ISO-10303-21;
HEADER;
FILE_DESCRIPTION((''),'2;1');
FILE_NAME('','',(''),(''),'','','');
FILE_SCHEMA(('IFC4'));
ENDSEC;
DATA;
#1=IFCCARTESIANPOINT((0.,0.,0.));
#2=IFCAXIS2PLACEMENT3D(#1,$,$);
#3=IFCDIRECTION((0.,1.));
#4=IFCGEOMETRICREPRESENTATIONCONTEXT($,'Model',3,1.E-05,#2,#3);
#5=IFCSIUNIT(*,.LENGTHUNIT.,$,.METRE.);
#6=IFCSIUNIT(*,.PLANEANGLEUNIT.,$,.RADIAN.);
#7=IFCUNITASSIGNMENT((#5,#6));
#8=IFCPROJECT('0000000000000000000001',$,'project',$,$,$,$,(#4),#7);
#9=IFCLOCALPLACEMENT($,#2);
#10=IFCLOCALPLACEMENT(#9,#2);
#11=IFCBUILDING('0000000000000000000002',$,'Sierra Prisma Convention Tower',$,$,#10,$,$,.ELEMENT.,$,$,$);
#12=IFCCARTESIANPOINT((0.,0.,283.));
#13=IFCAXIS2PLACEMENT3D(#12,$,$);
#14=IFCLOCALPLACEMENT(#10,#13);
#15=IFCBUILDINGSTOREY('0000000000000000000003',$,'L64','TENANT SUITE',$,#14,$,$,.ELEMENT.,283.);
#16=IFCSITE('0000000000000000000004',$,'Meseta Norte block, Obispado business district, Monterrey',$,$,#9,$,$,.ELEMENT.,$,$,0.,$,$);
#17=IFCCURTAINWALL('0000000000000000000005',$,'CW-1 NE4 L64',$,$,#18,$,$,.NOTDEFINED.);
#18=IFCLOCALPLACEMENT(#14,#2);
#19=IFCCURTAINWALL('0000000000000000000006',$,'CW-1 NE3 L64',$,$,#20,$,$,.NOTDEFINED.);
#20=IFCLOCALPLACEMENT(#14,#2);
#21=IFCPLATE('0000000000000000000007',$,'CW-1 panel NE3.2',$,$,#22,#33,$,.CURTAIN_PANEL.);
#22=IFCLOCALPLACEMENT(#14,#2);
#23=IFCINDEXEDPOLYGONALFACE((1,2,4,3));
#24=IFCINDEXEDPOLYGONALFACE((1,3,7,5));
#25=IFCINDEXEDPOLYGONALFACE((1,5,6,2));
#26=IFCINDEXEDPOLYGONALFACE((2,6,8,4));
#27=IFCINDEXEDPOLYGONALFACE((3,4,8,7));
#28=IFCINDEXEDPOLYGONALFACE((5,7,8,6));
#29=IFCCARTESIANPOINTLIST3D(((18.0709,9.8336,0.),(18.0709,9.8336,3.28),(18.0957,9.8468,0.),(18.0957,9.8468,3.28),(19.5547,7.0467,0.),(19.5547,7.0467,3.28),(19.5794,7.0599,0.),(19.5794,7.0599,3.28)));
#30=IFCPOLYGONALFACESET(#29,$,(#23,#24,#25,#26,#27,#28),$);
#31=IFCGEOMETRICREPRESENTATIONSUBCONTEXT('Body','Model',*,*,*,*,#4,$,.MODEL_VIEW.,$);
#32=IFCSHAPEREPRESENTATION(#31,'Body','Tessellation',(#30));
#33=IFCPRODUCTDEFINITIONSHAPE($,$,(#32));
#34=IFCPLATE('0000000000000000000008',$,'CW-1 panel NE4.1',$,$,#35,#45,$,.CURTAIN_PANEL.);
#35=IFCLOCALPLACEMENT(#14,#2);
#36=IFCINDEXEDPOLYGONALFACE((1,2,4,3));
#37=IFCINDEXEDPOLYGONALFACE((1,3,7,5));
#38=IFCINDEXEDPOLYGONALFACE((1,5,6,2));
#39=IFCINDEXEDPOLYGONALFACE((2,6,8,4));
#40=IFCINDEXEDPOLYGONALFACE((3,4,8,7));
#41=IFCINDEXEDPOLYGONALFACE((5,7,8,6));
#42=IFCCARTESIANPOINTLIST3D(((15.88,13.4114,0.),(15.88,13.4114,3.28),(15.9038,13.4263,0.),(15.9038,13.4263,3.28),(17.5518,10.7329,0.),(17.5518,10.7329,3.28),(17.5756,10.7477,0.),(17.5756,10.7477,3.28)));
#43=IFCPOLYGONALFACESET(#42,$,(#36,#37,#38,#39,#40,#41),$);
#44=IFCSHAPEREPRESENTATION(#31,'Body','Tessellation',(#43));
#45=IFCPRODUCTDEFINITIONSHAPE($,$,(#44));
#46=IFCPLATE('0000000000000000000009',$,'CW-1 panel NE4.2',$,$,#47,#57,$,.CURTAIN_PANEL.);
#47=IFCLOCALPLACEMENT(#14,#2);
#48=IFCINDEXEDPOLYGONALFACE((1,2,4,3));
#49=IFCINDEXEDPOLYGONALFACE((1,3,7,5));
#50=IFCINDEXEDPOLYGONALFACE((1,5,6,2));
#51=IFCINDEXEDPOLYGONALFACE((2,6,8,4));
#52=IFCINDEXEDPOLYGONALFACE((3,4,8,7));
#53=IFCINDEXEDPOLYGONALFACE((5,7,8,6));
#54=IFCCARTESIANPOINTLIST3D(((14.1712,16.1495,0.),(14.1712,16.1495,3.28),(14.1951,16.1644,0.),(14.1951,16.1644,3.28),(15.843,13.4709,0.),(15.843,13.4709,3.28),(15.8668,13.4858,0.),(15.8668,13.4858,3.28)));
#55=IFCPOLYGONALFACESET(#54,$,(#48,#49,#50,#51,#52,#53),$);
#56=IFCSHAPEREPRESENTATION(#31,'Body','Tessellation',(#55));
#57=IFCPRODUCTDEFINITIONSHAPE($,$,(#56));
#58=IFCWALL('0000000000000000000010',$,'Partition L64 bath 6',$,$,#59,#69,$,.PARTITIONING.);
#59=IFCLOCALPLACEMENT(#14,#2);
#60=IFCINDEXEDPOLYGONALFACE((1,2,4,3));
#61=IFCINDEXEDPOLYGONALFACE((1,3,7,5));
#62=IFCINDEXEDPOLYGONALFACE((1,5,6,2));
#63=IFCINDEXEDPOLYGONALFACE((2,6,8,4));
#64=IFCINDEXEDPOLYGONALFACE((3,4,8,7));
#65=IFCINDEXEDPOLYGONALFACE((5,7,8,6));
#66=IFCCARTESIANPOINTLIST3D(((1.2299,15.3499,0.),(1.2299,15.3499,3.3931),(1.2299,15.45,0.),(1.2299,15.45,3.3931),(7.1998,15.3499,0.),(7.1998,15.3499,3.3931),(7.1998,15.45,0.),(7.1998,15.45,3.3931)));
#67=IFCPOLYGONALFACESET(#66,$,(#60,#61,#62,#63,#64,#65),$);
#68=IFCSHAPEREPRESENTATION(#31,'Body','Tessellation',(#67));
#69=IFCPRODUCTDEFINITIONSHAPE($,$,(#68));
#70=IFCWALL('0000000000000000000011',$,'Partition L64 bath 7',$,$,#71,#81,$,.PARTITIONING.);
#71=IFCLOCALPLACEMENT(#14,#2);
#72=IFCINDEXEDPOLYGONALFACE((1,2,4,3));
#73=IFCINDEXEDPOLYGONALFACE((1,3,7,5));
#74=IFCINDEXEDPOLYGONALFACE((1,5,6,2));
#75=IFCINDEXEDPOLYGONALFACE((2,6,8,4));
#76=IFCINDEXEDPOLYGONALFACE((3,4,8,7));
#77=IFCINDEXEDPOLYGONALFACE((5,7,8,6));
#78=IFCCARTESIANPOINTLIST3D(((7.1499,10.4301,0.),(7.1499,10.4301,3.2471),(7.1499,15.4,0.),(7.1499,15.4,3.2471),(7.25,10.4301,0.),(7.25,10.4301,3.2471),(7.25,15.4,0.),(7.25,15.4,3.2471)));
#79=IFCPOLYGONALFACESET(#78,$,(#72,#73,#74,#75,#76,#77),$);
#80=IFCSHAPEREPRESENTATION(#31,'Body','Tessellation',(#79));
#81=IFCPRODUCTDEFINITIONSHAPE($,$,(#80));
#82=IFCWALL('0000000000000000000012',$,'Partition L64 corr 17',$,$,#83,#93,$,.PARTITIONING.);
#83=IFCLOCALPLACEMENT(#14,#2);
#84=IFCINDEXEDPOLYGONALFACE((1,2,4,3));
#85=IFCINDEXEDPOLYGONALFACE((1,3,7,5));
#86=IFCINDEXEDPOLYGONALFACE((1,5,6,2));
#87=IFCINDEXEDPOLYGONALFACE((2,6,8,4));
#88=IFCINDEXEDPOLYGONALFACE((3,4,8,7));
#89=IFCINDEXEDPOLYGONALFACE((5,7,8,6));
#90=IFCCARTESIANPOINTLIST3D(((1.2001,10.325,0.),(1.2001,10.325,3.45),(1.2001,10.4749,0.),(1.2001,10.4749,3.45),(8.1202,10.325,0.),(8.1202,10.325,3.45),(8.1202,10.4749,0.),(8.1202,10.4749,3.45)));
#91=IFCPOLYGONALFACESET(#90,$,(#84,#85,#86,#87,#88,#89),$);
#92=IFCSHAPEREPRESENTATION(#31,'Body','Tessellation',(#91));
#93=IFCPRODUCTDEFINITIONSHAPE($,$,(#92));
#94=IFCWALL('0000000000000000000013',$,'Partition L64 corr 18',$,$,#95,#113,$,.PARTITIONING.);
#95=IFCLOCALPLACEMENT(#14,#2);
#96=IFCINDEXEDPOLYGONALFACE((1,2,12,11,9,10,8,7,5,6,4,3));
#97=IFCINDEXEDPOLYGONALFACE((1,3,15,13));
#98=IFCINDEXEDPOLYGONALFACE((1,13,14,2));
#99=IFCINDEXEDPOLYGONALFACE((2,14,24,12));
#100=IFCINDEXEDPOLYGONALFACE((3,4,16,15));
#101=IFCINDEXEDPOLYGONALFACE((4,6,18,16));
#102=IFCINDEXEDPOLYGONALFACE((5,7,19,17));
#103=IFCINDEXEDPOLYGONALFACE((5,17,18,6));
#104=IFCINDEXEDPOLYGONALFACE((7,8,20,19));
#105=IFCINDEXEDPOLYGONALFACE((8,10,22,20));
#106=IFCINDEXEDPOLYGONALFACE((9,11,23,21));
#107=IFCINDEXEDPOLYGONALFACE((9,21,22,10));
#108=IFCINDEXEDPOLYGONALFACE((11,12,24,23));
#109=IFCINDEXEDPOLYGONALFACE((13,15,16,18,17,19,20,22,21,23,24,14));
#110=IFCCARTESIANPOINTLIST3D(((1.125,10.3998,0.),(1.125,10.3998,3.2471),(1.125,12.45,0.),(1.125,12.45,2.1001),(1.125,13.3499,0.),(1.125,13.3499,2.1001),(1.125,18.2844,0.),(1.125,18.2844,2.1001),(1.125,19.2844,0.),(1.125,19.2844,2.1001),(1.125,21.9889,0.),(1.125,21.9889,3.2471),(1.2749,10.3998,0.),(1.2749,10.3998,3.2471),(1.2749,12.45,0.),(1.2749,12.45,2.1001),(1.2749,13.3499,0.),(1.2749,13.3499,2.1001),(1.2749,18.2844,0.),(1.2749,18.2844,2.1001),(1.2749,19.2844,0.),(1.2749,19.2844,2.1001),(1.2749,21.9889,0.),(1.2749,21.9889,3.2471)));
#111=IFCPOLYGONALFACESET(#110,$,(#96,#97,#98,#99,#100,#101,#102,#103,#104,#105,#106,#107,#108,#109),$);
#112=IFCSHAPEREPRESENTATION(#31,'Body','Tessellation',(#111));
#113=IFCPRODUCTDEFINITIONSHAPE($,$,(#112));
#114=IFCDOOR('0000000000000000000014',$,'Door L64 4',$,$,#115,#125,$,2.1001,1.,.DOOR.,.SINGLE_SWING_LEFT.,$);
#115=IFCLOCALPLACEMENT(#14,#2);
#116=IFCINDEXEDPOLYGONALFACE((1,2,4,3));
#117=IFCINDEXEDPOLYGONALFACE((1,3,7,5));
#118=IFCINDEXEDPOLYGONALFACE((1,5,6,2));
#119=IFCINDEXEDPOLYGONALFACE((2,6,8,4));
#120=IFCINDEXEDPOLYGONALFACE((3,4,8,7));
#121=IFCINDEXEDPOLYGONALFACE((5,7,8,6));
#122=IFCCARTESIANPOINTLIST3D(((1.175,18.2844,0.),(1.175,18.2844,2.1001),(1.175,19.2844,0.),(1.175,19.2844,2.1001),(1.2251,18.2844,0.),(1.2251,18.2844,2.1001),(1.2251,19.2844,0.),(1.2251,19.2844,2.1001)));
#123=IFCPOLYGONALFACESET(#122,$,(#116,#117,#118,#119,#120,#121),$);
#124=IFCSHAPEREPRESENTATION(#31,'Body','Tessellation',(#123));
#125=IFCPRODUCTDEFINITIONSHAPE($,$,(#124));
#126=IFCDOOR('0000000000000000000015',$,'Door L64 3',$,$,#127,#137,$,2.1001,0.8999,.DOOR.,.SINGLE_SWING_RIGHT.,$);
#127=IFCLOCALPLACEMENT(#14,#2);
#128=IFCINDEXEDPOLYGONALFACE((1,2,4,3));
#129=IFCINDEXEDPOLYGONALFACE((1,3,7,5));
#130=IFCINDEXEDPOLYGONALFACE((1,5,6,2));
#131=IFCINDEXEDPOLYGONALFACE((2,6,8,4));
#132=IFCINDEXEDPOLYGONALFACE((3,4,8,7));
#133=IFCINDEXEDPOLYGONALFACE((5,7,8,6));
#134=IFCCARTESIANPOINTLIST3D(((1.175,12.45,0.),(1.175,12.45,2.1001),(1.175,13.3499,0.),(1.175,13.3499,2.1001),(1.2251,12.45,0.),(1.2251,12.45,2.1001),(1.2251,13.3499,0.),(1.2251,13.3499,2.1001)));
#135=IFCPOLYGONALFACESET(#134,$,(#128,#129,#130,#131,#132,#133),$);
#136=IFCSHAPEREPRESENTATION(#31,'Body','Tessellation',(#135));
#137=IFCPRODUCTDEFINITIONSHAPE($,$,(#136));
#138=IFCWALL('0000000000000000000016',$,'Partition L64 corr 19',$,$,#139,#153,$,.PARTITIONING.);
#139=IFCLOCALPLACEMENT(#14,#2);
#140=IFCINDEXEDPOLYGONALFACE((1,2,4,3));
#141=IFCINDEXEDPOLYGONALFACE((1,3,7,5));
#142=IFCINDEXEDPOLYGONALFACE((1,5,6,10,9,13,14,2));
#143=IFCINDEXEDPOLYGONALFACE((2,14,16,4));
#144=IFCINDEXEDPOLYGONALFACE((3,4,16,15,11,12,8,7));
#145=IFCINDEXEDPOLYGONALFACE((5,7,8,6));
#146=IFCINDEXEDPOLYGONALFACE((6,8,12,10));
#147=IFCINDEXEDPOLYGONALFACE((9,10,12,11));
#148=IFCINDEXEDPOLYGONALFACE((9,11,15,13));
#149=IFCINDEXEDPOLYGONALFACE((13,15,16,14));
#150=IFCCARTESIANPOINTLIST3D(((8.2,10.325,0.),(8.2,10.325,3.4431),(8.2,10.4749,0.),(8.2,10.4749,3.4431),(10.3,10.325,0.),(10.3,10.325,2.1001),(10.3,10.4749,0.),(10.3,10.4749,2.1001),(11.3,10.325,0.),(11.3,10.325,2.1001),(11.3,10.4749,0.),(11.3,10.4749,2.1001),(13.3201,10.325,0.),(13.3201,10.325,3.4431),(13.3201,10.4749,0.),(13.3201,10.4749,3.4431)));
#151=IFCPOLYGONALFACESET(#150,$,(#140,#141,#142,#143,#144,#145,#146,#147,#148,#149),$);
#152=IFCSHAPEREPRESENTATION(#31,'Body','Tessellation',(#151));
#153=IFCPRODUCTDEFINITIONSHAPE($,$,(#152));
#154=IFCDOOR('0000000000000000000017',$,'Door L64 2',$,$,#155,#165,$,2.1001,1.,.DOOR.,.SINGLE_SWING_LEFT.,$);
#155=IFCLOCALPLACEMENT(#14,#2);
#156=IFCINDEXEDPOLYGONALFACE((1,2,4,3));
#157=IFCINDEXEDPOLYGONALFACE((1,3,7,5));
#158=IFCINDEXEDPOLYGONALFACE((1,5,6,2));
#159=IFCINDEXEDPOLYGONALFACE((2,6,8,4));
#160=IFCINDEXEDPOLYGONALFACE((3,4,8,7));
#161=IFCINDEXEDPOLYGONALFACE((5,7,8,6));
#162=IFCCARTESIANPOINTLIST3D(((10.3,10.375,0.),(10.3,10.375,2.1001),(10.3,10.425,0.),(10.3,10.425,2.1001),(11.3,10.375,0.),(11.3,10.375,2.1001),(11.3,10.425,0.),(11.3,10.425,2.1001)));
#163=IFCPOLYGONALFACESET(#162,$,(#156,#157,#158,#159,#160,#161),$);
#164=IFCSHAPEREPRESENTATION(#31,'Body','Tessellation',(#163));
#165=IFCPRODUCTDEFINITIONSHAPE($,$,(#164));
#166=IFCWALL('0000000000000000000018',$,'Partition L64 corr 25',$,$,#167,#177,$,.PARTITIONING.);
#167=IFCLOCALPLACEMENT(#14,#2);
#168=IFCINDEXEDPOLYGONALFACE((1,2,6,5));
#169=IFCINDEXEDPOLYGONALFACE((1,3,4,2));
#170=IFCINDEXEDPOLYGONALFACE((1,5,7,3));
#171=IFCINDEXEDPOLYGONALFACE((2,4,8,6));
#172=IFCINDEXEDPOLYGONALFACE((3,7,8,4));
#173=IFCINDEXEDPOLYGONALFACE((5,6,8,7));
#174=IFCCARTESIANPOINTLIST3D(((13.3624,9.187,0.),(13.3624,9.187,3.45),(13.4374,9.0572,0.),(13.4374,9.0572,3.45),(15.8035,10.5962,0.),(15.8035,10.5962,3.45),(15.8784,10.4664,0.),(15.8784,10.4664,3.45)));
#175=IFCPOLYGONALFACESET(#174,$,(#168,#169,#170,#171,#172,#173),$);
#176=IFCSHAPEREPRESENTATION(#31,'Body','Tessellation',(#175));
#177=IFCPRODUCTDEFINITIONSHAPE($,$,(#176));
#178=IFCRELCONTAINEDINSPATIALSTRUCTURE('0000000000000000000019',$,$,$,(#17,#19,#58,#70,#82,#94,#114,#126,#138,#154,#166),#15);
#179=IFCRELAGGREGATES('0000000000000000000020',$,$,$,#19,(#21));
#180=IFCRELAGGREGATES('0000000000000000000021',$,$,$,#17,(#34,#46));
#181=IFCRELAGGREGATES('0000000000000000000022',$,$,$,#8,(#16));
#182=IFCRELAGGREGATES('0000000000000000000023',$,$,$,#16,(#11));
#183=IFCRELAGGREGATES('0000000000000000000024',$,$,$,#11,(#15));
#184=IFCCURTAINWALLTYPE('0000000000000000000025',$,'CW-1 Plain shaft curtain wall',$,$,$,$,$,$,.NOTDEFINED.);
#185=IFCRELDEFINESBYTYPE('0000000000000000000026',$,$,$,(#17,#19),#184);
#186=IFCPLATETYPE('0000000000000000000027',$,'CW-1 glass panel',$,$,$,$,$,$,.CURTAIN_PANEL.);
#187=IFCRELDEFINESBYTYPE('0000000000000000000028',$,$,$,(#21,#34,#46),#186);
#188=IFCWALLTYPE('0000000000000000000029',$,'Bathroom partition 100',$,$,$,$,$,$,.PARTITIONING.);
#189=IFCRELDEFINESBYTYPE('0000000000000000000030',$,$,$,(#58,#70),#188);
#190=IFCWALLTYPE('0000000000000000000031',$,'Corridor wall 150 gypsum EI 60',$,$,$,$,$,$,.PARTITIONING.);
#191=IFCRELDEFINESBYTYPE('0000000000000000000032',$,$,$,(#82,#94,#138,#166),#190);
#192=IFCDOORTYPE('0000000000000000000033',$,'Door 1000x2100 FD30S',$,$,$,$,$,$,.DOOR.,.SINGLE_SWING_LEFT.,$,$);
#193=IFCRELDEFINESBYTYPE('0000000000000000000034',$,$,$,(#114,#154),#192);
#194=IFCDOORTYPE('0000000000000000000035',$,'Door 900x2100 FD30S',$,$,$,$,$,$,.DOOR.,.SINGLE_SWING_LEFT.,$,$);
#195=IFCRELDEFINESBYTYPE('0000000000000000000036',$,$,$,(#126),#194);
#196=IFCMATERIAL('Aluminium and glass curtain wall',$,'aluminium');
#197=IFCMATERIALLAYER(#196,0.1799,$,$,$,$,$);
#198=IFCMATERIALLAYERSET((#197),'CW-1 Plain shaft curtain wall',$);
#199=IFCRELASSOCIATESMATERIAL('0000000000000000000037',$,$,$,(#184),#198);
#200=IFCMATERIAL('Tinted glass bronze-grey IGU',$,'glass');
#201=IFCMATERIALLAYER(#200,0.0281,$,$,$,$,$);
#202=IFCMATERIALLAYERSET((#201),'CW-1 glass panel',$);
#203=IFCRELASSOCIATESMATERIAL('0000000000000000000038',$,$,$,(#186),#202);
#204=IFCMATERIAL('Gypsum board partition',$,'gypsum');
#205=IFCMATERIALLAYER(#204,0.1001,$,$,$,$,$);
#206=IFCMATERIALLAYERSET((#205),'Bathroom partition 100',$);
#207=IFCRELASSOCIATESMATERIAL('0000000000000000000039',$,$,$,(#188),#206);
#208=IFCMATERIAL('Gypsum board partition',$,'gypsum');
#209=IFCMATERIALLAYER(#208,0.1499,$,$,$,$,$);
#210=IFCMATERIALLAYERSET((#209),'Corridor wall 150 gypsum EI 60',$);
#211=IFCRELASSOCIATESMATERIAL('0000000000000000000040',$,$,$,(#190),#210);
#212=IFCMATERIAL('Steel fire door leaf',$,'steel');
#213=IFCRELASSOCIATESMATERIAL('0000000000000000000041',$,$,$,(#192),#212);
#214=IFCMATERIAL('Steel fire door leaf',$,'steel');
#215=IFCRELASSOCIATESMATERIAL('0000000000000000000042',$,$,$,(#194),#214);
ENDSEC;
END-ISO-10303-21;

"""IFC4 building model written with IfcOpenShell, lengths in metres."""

from ifc_helpers import new_model, si_unit, direction, frame, frame_2d, origin, origin_2d, place, context, subcontext, project, spatial, rectangle, extrude, material, layer, layer_set, type_object, element, fill, aggregate, save


model = new_model("IFC4")

# Units and contexts
model_context = context("Model", 3, precision=1e-05, world=origin(), true_north=direction((0.0, 1.0)))
body_context = subcontext(model_context, "Body", "Model", "MODEL_VIEW")
ifc_project = project(units=[si_unit("LENGTHUNIT", "METRE"), si_unit("PLANEANGLEUNIT", "RADIAN")], contexts=[model_context])

# Site, building, storey
site_placement = place(None, origin())
site = spatial("IfcSite", under=ifc_project, at=site_placement, Name="Meseta Norte block, Obispado business district, Monterrey", CompositionType="ELEMENT", RefElevation=0.0)
building_placement = place(site_placement, origin())
building = spatial("IfcBuilding", under=site, at=building_placement, Name="Sierra Prisma Convention Tower", CompositionType="ELEMENT")
storey_placement = place(building_placement, frame((0.0, 0.0, 283.0)))
storey = spatial("IfcBuildingStorey", under=building, at=storey_placement, Name="L64", Description="TENANT SUITE", CompositionType="ELEMENT", Elevation=283.0)

# Curtain wall
ifc_material_1 = material(Name="Aluminium and glass curtain wall", Category="aluminium")
ifc_layer_1 = layer(ifc_material_1, 0.1799)
ifc_layer_set_1 = layer_set([ifc_layer_1], Name="CW-1 Plain shaft curtain wall")
curtain_wall_type = type_object("IfcCurtainWallType", Name="CW-1 Plain shaft curtain wall", PredefinedType="NOTDEFINED", material=ifc_layer_set_1)
curtain_wall_1_placement = place(storey_placement, origin())
curtain_wall_1 = element("IfcCurtainWall", 1, at=curtain_wall_1_placement, inside=storey, type_object=curtain_wall_type, Name="CW-1 NE4 L64", PredefinedType="NOTDEFINED")

# Curtain wall, plate
curtain_wall_2_placement = place(storey_placement, origin())
curtain_wall_2 = element("IfcCurtainWall", 2, at=curtain_wall_2_placement, inside=storey, type_object=curtain_wall_type, Name="CW-1 NE3 L64", PredefinedType="NOTDEFINED")
ifc_material_2 = material(Name="Tinted glass bronze-grey IGU", Category="glass")
ifc_layer_2 = layer(ifc_material_2, 0.0281)
ifc_layer_set_2 = layer_set([ifc_layer_2], Name="CW-1 glass panel")
plate_type = type_object("IfcPlateType", Name="CW-1 glass panel", PredefinedType="CURTAIN_PANEL", material=ifc_layer_set_2)
plate_1_placement = place(storey_placement, frame((18.8252, 8.4468, 0.0), z_axis=(0.0, 0.0, 1.0), x_axis=(-0.469945, 0.882696, 0.0)))
plate_1 = element("IfcPlate", 3, at=plate_1_placement, type_object=plate_type, Name="CW-1 panel NE3.2", PredefinedType="CURTAIN_PANEL", context=body_context, shape_type="SweptSolid", body=[
    extrude(rectangle(XDim=3.1572, YDim=0.0281, at=origin_2d()), origin(), (0.0, 0.0, 1.0), 3.28),
])
aggregate(curtain_wall_2, [plate_1])

# Plates
plate_2_placement = place(storey_placement, frame((16.7278, 12.0796, 0.0), z_axis=(0.0, 0.0, 1.0), x_axis=(-0.529465, 0.848332, 0.0)))
plate_2 = element("IfcPlate", 4, at=plate_2_placement, type_object=plate_type, Name="CW-1 panel NE4.1", PredefinedType="CURTAIN_PANEL", context=body_context, shape_type="SweptSolid", body=[
    extrude(rectangle(XDim=3.1575, YDim=0.0281, at=origin_2d()), origin(), (0.0, 0.0, 1.0), 3.28),
])
plate_3_placement = place(storey_placement, frame((15.019, 14.8176, 0.0), z_axis=(0.0, 0.0, 1.0), x_axis=(-0.529465, 0.848332, 0.0)))
plate_3 = element("IfcPlate", 5, at=plate_3_placement, type_object=plate_type, Name="CW-1 panel NE4.2", PredefinedType="CURTAIN_PANEL", context=body_context, shape_type="SweptSolid", body=[
    extrude(rectangle(XDim=3.1575, YDim=0.0281, at=origin_2d()), origin(), (0.0, 0.0, 1.0), 3.28),
])
aggregate(curtain_wall_1, [plate_2, plate_3])

# Walls
ifc_material_3 = material(Name="Gypsum board partition", Category="gypsum")
ifc_layer_3 = layer(ifc_material_3, 0.1001)
ifc_layer_set_3 = layer_set([ifc_layer_3], Name="Bathroom partition 100")
wall_type_1 = type_object("IfcWallType", Name="Bathroom partition 100", PredefinedType="PARTITIONING", material=ifc_layer_set_3)
wall_1_placement = place(storey_placement, frame((1.23, 15.3999, 0.0), z_axis=(0.0, 0.0, 1.0), x_axis=(1.0, 0.0, 0.0)))
element("IfcWall", 6, at=wall_1_placement, inside=storey, type_object=wall_type_1, Name="Partition L64 bath 6", PredefinedType="PARTITIONING", context=body_context, shape_type="SweptSolid", body=[
    extrude(rectangle(XDim=5.97, YDim=0.1001, at=frame_2d((2.9849, 0.0))), origin(), (0.0, 0.0, 1.0), 3.3931),
])
wall_2_placement = place(storey_placement, frame((7.2, 15.3999, 0.0), z_axis=(0.0, 0.0, 1.0), x_axis=(0.0, -1.0, 0.0)))
element("IfcWall", 7, at=wall_2_placement, inside=storey, type_object=wall_type_1, Name="Partition L64 bath 7", PredefinedType="PARTITIONING", context=body_context, shape_type="SweptSolid", body=[
    extrude(rectangle(XDim=4.97, YDim=0.1001, at=frame_2d((2.4849, 0.0))), origin(), (0.0, 0.0, 1.0), 3.2471),
])
ifc_material_4 = material(Name="Gypsum board partition", Category="gypsum")
ifc_layer_4 = layer(ifc_material_4, 0.1499)
ifc_layer_set_4 = layer_set([ifc_layer_4], Name="Corridor wall 150 gypsum EI 60")
wall_type_2 = type_object("IfcWallType", Name="Corridor wall 150 gypsum EI 60", PredefinedType="PARTITIONING", material=ifc_layer_set_4)
wall_3_placement = place(storey_placement, frame((8.1201, 10.3999, 0.0), z_axis=(0.0, 0.0, 1.0), x_axis=(-1.0, 0.0, 0.0)))
element("IfcWall", 8, at=wall_3_placement, inside=storey, type_object=wall_type_2, Name="Partition L64 corr 17", PredefinedType="PARTITIONING", context=body_context, shape_type="SweptSolid", body=[
    extrude(rectangle(XDim=6.9202, YDim=0.1499, at=frame_2d((3.46, 0.0))), origin(), (0.0, 0.0, 1.0), 3.45),
])

# Wall, openings, doors
wall_4_placement = place(storey_placement, frame((1.2, 10.3999, 0.0), z_axis=(0.0, 0.0, 1.0), x_axis=(0.0, 1.0, 0.0)))
wall_4 = element("IfcWall", 9, at=wall_4_placement, inside=storey, type_object=wall_type_2, Name="Partition L64 corr 18", PredefinedType="PARTITIONING", context=body_context, shape_type="SweptSolid", body=[
    extrude(rectangle(XDim=11.5891, YDim=0.1499, at=frame_2d((5.7944, 0.0))), origin(), (0.0, 0.0, 1.0), 3.2471),
])
opening_1_placement = place(wall_4_placement, frame((2.05, 0.0, 0.0)))
opening_1 = element("IfcOpeningElement", 10, at=opening_1_placement, cuts=wall_4, PredefinedType="OPENING", context=body_context, shape_type="SweptSolid", body=[
    extrude(rectangle(XDim=0.8999, YDim=2.1001, at=frame_2d((0.45, 1.05))), frame((0.0, 0.075, 0.0), z_axis=(0.0, -1.0, 0.0), x_axis=(1.0, 0.0, 0.0)), (0.0, 0.0, 1.0), 0.1499),
])
opening_2_placement = place(wall_4_placement, frame((7.8845, 0.0, 0.0)))
opening_2 = element("IfcOpeningElement", 11, at=opening_2_placement, cuts=wall_4, PredefinedType="OPENING", context=body_context, shape_type="SweptSolid", body=[
    extrude(rectangle(XDim=1.0, YDim=2.1001, at=frame_2d((0.5, 1.05))), frame((0.0, 0.075, 0.0), z_axis=(0.0, -1.0, 0.0), x_axis=(1.0, 0.0, 0.0)), (0.0, 0.0, 1.0), 0.1499),
])
ifc_material_5 = material(Name="Steel fire door leaf", Category="steel")
door_type_1 = type_object("IfcDoorType", Name="Door 1000x2100 FD30S", OperationType="SINGLE_SWING_LEFT", PredefinedType="DOOR", material=ifc_material_5)
door_1_placement = place(opening_2_placement, origin())
door_1 = element("IfcDoor", 12, at=door_1_placement, inside=storey, type_object=door_type_1, Name="Door L64 4", OperationType="SINGLE_SWING_LEFT", OverallHeight=2.1001, OverallWidth=1.0, PredefinedType="DOOR", context=body_context, shape_type="SweptSolid", body=[
    extrude(rectangle(XDim=1.0, YDim=2.1001, at=frame_2d((0.5, 1.05))), frame((0.0, 0.0249, 0.0), z_axis=(0.0, -1.0, 0.0), x_axis=(1.0, 0.0, 0.0)), (0.0, 0.0, 1.0), 0.05),
])
fill(opening_2, door_1)
ifc_material_6 = material(Name="Steel fire door leaf", Category="steel")
door_type_2 = type_object("IfcDoorType", Name="Door 900x2100 FD30S", OperationType="SINGLE_SWING_LEFT", PredefinedType="DOOR", material=ifc_material_6)
door_2_placement = place(opening_1_placement, origin())
door_2 = element("IfcDoor", 13, at=door_2_placement, inside=storey, type_object=door_type_2, Name="Door L64 3", OperationType="SINGLE_SWING_RIGHT", OverallHeight=2.1001, OverallWidth=0.8999, PredefinedType="DOOR", context=body_context, shape_type="SweptSolid", body=[
    extrude(rectangle(XDim=0.8999, YDim=2.1001, at=frame_2d((0.45, 1.05))), frame((0.0, 0.0249, 0.0), z_axis=(0.0, -1.0, 0.0), x_axis=(1.0, 0.0, 0.0)), (0.0, 0.0, 1.0), 0.05),
])
fill(opening_1, door_2)

# Wall, opening, door
wall_5_placement = place(storey_placement, frame((13.3201, 10.3999, 0.0), z_axis=(0.0, 0.0, 1.0), x_axis=(-1.0, 0.0, 0.0)))
wall_5 = element("IfcWall", 14, at=wall_5_placement, inside=storey, type_object=wall_type_2, Name="Partition L64 corr 19", PredefinedType="PARTITIONING", context=body_context, shape_type="SweptSolid", body=[
    extrude(rectangle(XDim=5.1201, YDim=0.1499, at=frame_2d((2.5601, 0.0))), origin(), (0.0, 0.0, 1.0), 3.4431),
])
opening_3_placement = place(wall_5_placement, frame((2.02, 0.0, 0.0)))
opening_3 = element("IfcOpeningElement", 15, at=opening_3_placement, cuts=wall_5, PredefinedType="OPENING", context=body_context, shape_type="SweptSolid", body=[
    extrude(rectangle(XDim=1.0, YDim=2.1001, at=frame_2d((0.5, 1.05))), frame((0.0, 0.075, 0.0), z_axis=(0.0, -1.0, 0.0), x_axis=(1.0, 0.0, 0.0)), (0.0, 0.0, 1.0), 0.1499),
])
door_3_placement = place(opening_3_placement, origin())
door_3 = element("IfcDoor", 16, at=door_3_placement, inside=storey, type_object=door_type_1, Name="Door L64 2", OperationType="SINGLE_SWING_LEFT", OverallHeight=2.1001, OverallWidth=1.0, PredefinedType="DOOR", context=body_context, shape_type="SweptSolid", body=[
    extrude(rectangle(XDim=1.0, YDim=2.1001, at=frame_2d((0.5, 1.05))), frame((0.0, 0.0249, 0.0), z_axis=(0.0, -1.0, 0.0), x_axis=(1.0, 0.0, 0.0)), (0.0, 0.0, 1.0), 0.05),
])
fill(opening_3, door_3)

# Wall
wall_6_placement = place(storey_placement, frame((15.8408, 10.5312, 0.0), z_axis=(0.0, 0.0, 1.0), x_axis=(-0.866038, -0.499977, 0.0)))
element("IfcWall", 17, at=wall_6_placement, inside=storey, type_object=wall_type_2, Name="Partition L64 corr 25", PredefinedType="PARTITIONING", context=body_context, shape_type="SweptSolid", body=[
    extrude(rectangle(XDim=2.8186, YDim=0.1499, at=frame_2d((1.4092, 0.0))), origin(), (0.0, 0.0, 1.0), 3.45),
])

save(model, "model.ifc")
